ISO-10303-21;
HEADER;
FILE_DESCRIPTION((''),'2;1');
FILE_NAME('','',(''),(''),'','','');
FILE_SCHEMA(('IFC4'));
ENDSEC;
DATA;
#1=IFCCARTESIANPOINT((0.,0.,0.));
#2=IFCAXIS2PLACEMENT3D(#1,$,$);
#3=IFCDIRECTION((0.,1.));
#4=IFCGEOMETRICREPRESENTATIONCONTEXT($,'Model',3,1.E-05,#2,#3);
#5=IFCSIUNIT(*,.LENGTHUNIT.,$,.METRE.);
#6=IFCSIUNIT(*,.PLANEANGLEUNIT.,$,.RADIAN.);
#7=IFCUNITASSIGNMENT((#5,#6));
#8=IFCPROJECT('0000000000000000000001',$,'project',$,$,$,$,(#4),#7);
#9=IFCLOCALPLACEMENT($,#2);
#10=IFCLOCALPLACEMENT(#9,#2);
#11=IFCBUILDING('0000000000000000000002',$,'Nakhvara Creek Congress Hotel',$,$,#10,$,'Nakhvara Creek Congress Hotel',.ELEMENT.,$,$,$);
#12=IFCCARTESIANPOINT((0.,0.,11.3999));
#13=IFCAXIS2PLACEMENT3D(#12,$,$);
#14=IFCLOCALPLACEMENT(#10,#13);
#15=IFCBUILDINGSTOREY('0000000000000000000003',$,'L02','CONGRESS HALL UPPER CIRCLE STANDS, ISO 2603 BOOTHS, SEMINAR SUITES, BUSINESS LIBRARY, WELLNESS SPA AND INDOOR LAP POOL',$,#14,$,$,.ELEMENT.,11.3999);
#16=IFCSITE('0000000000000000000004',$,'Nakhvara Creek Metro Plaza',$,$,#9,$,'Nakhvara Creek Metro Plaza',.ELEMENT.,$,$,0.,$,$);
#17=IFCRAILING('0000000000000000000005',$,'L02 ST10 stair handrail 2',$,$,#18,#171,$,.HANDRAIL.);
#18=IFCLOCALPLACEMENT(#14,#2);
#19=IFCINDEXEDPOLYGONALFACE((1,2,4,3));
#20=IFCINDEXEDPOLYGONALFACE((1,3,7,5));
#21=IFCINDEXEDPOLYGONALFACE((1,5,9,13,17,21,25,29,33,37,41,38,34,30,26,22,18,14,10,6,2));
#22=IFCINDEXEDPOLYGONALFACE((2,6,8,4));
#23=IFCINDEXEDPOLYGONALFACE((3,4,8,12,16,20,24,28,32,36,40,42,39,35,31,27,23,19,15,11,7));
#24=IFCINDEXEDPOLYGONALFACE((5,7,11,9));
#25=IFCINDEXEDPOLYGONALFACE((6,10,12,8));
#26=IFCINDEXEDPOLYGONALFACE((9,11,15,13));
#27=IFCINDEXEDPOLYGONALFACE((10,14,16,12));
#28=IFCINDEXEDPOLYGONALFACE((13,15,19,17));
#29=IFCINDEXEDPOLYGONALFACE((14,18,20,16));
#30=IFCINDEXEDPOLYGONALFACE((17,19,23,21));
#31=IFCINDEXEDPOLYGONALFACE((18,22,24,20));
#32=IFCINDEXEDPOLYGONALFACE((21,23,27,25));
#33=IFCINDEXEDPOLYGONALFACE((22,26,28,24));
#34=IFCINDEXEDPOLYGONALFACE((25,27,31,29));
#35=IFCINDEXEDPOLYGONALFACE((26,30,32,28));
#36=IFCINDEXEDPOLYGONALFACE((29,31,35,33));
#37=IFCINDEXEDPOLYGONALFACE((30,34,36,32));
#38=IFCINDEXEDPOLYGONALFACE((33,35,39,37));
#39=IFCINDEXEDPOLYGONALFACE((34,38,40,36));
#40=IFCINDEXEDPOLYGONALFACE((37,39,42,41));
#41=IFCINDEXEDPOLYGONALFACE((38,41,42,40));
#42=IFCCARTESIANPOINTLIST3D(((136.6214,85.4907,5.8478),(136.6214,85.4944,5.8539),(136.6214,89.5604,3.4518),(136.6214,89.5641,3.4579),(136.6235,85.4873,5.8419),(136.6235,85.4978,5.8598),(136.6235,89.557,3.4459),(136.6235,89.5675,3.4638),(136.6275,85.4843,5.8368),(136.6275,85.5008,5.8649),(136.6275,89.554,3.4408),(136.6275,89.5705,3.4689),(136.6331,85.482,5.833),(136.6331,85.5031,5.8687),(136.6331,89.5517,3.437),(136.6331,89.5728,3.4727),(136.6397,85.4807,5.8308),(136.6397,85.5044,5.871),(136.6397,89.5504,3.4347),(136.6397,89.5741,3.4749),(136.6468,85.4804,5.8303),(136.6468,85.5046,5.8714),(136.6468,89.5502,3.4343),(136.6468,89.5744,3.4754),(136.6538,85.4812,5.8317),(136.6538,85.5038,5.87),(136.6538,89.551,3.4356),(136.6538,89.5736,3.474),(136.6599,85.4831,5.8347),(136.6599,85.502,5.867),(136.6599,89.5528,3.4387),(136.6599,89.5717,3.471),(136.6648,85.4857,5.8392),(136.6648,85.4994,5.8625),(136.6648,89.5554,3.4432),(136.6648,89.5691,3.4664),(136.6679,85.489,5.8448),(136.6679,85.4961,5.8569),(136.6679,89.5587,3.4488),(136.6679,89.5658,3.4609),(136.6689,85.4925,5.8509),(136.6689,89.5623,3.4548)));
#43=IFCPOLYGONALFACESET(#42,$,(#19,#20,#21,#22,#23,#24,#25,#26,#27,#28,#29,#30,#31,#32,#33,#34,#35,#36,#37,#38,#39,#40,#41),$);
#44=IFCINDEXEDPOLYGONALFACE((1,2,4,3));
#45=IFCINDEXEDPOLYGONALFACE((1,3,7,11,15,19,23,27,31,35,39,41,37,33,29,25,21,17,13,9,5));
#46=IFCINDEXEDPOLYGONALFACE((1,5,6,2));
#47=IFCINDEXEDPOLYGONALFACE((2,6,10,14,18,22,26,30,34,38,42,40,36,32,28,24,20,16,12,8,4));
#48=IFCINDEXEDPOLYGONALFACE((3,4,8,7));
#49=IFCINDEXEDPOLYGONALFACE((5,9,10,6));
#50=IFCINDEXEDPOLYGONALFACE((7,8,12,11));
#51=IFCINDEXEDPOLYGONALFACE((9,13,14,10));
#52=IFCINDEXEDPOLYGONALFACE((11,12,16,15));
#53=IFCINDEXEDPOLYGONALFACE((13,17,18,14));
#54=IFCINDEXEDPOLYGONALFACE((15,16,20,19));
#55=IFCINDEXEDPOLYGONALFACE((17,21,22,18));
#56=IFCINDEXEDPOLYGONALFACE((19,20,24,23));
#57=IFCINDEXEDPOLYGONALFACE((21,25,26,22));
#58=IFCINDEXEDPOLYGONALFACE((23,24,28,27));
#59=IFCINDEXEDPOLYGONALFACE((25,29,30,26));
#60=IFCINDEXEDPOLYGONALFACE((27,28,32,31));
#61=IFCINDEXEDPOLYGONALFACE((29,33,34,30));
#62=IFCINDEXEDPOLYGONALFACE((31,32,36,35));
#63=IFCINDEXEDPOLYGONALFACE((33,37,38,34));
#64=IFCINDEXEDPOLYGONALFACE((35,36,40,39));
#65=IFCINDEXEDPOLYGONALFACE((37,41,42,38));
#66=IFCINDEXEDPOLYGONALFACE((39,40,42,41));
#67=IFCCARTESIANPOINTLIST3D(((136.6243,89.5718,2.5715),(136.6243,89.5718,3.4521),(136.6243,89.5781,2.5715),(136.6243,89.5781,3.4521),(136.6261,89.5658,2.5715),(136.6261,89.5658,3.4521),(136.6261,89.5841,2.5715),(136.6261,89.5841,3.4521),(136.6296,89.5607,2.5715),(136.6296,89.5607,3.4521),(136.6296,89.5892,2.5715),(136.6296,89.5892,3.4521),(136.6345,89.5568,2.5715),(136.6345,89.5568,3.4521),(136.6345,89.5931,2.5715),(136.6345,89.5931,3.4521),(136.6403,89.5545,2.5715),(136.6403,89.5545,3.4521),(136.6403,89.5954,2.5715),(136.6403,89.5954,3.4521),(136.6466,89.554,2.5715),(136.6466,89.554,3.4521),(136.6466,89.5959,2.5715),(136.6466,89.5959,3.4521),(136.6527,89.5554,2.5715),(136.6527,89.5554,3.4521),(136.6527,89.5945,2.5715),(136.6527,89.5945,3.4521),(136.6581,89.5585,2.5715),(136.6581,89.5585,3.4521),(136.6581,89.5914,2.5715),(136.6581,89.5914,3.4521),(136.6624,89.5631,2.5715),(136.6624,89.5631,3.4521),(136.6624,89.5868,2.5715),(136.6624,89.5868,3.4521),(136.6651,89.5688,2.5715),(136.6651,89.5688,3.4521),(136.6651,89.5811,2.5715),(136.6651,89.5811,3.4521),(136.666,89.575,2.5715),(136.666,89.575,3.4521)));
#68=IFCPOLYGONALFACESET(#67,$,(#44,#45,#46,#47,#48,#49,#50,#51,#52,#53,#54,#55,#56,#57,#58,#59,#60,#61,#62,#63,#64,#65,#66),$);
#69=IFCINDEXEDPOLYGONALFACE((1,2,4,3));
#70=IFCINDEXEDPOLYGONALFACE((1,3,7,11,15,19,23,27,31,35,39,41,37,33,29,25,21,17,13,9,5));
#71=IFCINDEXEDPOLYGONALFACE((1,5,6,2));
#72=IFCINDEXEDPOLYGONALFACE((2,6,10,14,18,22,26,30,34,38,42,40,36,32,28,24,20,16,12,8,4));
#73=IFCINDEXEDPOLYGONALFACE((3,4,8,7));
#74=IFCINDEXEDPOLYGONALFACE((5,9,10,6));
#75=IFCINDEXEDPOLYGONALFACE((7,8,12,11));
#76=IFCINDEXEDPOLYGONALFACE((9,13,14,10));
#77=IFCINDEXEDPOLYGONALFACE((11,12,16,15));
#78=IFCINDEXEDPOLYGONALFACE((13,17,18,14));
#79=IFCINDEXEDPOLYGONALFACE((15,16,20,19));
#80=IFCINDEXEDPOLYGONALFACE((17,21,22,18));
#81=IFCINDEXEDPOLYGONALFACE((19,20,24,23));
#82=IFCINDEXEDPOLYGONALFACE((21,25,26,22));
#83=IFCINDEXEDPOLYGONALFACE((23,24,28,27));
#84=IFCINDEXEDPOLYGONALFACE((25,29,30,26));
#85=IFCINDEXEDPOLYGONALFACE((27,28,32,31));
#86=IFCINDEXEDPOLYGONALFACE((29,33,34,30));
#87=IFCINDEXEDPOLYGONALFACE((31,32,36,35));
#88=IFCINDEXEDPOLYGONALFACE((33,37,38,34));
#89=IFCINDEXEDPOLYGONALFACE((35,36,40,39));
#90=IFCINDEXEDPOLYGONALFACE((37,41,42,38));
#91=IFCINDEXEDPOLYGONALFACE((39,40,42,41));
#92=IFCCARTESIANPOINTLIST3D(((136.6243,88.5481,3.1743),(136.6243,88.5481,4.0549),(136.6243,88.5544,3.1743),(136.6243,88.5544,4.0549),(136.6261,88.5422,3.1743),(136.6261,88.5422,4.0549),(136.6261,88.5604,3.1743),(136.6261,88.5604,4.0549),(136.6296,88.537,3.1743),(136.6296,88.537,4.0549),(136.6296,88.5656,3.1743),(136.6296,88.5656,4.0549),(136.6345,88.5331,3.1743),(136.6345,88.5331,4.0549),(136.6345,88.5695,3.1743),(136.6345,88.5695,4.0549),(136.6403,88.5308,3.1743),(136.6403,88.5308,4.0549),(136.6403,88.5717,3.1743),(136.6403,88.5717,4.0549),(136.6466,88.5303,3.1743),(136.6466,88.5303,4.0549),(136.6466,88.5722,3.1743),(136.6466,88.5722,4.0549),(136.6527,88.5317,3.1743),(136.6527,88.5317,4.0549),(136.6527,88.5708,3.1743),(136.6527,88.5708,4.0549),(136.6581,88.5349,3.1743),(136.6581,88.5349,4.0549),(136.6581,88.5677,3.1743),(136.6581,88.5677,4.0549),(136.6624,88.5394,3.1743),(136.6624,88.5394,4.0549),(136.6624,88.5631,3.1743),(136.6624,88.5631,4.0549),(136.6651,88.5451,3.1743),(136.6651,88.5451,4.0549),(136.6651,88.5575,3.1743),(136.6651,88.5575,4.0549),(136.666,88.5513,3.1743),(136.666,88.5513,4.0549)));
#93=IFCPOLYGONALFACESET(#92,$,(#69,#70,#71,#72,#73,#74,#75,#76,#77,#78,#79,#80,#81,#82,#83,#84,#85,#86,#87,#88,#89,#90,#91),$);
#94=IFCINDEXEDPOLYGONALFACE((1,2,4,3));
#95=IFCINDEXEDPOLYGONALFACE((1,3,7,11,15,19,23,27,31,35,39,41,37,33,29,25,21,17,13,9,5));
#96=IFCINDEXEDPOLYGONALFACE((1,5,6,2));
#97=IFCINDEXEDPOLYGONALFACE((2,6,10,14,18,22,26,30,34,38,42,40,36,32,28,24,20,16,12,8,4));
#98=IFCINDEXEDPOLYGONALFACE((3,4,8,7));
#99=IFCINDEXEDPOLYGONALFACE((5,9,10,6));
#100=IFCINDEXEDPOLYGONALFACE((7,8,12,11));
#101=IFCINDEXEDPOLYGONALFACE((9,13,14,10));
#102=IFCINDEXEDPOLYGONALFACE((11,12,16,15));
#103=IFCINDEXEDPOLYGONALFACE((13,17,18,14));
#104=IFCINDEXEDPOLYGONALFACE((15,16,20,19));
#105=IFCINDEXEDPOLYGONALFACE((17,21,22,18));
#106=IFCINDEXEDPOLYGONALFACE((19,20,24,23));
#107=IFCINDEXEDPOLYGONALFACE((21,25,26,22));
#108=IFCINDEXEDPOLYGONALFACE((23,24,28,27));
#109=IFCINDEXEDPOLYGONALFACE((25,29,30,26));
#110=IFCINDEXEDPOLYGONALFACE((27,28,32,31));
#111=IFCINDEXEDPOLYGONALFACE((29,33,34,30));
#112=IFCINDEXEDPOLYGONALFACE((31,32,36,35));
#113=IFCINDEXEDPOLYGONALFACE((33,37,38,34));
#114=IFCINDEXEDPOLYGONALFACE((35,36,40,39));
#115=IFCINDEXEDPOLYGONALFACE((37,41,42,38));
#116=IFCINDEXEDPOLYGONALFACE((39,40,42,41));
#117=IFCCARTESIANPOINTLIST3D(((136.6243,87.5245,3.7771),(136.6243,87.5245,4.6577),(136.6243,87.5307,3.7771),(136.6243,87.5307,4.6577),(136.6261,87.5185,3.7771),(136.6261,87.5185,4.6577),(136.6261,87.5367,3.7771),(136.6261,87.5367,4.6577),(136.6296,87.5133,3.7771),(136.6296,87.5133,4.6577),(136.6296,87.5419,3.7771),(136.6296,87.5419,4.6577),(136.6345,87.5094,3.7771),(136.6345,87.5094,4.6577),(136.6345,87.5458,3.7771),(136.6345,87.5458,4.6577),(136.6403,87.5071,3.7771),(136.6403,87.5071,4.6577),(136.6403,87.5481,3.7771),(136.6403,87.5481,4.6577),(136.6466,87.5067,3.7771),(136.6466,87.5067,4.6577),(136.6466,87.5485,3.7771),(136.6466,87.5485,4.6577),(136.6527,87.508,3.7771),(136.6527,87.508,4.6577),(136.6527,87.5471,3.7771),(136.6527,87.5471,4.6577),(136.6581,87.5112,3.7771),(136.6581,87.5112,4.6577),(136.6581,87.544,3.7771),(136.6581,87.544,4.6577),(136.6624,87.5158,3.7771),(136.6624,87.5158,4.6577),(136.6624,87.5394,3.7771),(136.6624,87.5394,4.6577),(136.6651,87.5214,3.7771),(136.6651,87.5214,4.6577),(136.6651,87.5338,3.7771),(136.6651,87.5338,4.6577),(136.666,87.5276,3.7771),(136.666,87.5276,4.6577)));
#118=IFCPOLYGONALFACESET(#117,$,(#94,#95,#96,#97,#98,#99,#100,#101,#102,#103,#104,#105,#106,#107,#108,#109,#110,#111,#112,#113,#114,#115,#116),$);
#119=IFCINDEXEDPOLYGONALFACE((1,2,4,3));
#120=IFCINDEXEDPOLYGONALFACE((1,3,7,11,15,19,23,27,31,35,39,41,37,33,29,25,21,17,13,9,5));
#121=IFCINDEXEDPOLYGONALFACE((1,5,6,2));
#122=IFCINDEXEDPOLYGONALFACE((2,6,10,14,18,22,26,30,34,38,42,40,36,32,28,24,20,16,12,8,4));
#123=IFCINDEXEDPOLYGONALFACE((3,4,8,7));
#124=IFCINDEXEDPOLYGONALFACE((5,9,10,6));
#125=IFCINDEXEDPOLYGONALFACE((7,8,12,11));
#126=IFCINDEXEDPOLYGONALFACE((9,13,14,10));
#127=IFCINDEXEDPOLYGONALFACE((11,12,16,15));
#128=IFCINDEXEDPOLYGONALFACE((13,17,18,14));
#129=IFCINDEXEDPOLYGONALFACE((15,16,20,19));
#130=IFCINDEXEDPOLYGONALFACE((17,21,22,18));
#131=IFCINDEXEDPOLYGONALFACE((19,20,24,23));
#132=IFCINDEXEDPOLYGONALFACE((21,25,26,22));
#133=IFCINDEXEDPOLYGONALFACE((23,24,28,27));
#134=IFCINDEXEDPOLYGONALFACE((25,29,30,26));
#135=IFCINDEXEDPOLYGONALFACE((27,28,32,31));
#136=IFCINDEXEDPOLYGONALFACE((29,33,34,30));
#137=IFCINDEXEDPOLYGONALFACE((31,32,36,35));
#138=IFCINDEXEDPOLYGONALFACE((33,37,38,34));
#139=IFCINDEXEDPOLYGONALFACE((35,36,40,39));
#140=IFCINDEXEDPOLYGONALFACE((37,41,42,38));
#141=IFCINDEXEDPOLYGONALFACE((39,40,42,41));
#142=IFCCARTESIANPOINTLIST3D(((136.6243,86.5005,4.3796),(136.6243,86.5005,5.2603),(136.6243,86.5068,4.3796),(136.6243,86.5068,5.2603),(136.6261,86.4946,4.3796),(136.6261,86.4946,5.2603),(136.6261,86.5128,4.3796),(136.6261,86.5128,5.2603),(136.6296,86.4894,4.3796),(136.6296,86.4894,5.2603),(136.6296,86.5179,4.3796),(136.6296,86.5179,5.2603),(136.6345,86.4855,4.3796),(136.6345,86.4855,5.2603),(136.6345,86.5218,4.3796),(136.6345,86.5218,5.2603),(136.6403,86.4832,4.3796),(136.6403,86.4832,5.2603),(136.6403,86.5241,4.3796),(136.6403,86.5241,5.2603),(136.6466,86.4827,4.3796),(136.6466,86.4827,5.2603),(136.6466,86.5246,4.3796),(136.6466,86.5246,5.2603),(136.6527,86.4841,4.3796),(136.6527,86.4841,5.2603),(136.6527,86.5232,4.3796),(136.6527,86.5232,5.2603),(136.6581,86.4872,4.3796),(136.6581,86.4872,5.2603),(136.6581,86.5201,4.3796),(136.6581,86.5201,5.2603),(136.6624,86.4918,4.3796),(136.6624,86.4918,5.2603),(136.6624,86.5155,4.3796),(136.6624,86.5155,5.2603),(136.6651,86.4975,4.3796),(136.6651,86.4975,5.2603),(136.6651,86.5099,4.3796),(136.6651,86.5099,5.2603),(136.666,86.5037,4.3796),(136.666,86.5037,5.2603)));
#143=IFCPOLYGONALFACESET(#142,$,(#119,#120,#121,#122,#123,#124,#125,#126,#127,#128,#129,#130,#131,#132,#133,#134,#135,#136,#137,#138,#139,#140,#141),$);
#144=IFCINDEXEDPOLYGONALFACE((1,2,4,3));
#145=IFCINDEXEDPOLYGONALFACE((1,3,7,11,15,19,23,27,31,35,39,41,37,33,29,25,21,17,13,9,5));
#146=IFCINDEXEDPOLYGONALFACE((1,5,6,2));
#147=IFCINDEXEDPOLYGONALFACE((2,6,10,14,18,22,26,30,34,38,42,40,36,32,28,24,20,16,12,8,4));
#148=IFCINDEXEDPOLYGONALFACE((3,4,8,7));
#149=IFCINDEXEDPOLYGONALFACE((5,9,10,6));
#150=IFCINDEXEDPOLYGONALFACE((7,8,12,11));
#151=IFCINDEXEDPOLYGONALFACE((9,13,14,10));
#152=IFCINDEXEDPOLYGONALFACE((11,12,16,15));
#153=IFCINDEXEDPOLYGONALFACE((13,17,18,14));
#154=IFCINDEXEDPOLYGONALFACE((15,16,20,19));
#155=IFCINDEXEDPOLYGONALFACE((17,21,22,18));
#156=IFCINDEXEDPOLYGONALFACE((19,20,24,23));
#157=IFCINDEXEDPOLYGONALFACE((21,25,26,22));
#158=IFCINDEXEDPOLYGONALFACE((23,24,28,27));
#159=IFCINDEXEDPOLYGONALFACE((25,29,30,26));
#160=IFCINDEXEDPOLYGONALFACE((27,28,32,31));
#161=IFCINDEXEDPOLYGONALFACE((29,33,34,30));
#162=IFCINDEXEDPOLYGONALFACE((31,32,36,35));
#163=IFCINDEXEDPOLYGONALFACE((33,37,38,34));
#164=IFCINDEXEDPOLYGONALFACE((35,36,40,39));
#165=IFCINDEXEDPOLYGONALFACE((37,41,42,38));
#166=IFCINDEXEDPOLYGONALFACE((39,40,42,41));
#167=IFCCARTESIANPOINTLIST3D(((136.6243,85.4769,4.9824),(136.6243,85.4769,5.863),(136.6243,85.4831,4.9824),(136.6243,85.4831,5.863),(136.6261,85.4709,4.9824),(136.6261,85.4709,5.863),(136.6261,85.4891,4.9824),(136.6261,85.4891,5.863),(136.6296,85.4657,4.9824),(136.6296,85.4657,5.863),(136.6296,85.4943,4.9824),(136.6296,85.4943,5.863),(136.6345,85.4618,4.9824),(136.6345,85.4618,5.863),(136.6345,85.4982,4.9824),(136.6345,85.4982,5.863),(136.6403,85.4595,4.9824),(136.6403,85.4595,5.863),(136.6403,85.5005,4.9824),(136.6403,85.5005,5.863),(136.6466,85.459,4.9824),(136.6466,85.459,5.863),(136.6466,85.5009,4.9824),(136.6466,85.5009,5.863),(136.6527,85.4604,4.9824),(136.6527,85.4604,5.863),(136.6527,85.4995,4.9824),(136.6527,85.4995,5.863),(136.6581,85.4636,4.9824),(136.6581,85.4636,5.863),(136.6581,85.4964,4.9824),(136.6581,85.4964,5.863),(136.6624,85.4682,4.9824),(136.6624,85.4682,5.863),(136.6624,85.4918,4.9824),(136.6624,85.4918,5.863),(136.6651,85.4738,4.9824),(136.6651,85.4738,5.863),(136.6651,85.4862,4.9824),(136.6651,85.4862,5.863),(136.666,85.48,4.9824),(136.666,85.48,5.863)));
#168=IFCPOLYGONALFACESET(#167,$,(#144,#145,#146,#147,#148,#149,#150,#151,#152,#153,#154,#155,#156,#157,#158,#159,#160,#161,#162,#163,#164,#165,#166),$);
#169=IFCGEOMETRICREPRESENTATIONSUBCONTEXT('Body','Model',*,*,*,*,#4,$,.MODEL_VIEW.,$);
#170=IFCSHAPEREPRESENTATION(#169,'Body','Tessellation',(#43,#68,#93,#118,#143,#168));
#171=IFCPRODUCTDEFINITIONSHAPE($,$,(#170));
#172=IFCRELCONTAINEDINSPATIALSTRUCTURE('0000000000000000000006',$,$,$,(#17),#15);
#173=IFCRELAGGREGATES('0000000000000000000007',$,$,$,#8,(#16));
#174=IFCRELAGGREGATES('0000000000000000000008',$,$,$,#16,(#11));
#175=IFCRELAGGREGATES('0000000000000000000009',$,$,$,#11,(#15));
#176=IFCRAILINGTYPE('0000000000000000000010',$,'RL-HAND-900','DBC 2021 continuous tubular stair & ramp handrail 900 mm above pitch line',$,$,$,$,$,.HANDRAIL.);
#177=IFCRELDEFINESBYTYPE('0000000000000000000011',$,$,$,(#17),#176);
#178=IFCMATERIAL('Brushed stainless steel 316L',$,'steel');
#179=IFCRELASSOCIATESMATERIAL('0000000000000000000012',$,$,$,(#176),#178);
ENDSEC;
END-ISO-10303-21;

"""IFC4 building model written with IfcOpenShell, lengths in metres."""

from ifc_helpers import new_model, si_unit, direction, frame, origin, origin_2d, place, context, subcontext, project, spatial, circle, extrude, material, type_object, element, save


model = new_model("IFC4")

# Units and contexts
model_context = context("Model", 3, precision=1e-05, world=origin(), true_north=direction((0.0, 1.0)))
body_context = subcontext(model_context, "Body", "Model", "MODEL_VIEW")
ifc_project = project(units=[si_unit("LENGTHUNIT", "METRE"), si_unit("PLANEANGLEUNIT", "RADIAN")], contexts=[model_context])

# Site, building, storey
site_placement = place(None, origin())
site = spatial("IfcSite", under=ifc_project, at=site_placement, Name="Nakhvara Creek Metro Plaza", LongName="Nakhvara Creek Metro Plaza", CompositionType="ELEMENT", RefElevation=0.0)
building_placement = place(site_placement, origin())
building = spatial("IfcBuilding", under=site, at=building_placement, Name="Nakhvara Creek Congress Hotel", LongName="Nakhvara Creek Congress Hotel", CompositionType="ELEMENT")
storey_placement = place(building_placement, frame((0.0, 0.0, 11.3999)))
storey = spatial("IfcBuildingStorey", under=building, at=storey_placement, Name="L02", Description="CONGRESS HALL UPPER CIRCLE STANDS, ISO 2603 BOOTHS, SEMINAR SUITES, BUSINESS LIBRARY, WELLNESS SPA AND INDOOR LAP POOL", CompositionType="ELEMENT", Elevation=11.3999)

# Railing
ifc_material_1 = material(Name="Brushed stainless steel 316L", Category="steel")
railing_type_1 = type_object("IfcRailingType", Name="RL-HAND-900", Description="DBC 2021 continuous tubular stair & ramp handrail 900 mm above pitch line", PredefinedType="HANDRAIL", material=ifc_material_1)
railing_1_placement = place(storey_placement, frame((136.645, 89.575, 2.5715)))
element("IfcRailing", 1, at=railing_1_placement, inside=storey, type_object=railing_type_1, Name="L02 ST10 stair handrail 2", PredefinedType="HANDRAIL", context=body_context, shape_type="SweptSolid", body=[
    extrude(circle(Radius=0.0239, at=origin_2d()), frame((0.0, -0.0127, 0.8833), z_axis=(0.0, -0.861743, 0.507346), x_axis=(1.0, 0.0, 0.0)), (0.0, 0.0, 1.0), 4.7227),
    extrude(circle(Radius=0.021, at=origin_2d()), origin(), (0.0, 0.0, 1.0), 0.8806),
    extrude(circle(Radius=0.021, at=origin_2d()), frame((0.0, -1.0237, 0.6028)), (0.0, 0.0, 1.0), 0.8806),
    extrude(circle(Radius=0.021, at=origin_2d()), frame((0.0, -2.0474, 1.2056)), (0.0, 0.0, 1.0), 0.8806),
    extrude(circle(Radius=0.021, at=origin_2d()), frame((0.0, -3.0713, 1.8081)), (0.0, 0.0, 1.0), 0.8806),
    extrude(circle(Radius=0.021, at=origin_2d()), frame((0.0, -4.095, 2.4109)), (0.0, 0.0, 1.0), 0.8806),
])

save(model, "model.ifc")
